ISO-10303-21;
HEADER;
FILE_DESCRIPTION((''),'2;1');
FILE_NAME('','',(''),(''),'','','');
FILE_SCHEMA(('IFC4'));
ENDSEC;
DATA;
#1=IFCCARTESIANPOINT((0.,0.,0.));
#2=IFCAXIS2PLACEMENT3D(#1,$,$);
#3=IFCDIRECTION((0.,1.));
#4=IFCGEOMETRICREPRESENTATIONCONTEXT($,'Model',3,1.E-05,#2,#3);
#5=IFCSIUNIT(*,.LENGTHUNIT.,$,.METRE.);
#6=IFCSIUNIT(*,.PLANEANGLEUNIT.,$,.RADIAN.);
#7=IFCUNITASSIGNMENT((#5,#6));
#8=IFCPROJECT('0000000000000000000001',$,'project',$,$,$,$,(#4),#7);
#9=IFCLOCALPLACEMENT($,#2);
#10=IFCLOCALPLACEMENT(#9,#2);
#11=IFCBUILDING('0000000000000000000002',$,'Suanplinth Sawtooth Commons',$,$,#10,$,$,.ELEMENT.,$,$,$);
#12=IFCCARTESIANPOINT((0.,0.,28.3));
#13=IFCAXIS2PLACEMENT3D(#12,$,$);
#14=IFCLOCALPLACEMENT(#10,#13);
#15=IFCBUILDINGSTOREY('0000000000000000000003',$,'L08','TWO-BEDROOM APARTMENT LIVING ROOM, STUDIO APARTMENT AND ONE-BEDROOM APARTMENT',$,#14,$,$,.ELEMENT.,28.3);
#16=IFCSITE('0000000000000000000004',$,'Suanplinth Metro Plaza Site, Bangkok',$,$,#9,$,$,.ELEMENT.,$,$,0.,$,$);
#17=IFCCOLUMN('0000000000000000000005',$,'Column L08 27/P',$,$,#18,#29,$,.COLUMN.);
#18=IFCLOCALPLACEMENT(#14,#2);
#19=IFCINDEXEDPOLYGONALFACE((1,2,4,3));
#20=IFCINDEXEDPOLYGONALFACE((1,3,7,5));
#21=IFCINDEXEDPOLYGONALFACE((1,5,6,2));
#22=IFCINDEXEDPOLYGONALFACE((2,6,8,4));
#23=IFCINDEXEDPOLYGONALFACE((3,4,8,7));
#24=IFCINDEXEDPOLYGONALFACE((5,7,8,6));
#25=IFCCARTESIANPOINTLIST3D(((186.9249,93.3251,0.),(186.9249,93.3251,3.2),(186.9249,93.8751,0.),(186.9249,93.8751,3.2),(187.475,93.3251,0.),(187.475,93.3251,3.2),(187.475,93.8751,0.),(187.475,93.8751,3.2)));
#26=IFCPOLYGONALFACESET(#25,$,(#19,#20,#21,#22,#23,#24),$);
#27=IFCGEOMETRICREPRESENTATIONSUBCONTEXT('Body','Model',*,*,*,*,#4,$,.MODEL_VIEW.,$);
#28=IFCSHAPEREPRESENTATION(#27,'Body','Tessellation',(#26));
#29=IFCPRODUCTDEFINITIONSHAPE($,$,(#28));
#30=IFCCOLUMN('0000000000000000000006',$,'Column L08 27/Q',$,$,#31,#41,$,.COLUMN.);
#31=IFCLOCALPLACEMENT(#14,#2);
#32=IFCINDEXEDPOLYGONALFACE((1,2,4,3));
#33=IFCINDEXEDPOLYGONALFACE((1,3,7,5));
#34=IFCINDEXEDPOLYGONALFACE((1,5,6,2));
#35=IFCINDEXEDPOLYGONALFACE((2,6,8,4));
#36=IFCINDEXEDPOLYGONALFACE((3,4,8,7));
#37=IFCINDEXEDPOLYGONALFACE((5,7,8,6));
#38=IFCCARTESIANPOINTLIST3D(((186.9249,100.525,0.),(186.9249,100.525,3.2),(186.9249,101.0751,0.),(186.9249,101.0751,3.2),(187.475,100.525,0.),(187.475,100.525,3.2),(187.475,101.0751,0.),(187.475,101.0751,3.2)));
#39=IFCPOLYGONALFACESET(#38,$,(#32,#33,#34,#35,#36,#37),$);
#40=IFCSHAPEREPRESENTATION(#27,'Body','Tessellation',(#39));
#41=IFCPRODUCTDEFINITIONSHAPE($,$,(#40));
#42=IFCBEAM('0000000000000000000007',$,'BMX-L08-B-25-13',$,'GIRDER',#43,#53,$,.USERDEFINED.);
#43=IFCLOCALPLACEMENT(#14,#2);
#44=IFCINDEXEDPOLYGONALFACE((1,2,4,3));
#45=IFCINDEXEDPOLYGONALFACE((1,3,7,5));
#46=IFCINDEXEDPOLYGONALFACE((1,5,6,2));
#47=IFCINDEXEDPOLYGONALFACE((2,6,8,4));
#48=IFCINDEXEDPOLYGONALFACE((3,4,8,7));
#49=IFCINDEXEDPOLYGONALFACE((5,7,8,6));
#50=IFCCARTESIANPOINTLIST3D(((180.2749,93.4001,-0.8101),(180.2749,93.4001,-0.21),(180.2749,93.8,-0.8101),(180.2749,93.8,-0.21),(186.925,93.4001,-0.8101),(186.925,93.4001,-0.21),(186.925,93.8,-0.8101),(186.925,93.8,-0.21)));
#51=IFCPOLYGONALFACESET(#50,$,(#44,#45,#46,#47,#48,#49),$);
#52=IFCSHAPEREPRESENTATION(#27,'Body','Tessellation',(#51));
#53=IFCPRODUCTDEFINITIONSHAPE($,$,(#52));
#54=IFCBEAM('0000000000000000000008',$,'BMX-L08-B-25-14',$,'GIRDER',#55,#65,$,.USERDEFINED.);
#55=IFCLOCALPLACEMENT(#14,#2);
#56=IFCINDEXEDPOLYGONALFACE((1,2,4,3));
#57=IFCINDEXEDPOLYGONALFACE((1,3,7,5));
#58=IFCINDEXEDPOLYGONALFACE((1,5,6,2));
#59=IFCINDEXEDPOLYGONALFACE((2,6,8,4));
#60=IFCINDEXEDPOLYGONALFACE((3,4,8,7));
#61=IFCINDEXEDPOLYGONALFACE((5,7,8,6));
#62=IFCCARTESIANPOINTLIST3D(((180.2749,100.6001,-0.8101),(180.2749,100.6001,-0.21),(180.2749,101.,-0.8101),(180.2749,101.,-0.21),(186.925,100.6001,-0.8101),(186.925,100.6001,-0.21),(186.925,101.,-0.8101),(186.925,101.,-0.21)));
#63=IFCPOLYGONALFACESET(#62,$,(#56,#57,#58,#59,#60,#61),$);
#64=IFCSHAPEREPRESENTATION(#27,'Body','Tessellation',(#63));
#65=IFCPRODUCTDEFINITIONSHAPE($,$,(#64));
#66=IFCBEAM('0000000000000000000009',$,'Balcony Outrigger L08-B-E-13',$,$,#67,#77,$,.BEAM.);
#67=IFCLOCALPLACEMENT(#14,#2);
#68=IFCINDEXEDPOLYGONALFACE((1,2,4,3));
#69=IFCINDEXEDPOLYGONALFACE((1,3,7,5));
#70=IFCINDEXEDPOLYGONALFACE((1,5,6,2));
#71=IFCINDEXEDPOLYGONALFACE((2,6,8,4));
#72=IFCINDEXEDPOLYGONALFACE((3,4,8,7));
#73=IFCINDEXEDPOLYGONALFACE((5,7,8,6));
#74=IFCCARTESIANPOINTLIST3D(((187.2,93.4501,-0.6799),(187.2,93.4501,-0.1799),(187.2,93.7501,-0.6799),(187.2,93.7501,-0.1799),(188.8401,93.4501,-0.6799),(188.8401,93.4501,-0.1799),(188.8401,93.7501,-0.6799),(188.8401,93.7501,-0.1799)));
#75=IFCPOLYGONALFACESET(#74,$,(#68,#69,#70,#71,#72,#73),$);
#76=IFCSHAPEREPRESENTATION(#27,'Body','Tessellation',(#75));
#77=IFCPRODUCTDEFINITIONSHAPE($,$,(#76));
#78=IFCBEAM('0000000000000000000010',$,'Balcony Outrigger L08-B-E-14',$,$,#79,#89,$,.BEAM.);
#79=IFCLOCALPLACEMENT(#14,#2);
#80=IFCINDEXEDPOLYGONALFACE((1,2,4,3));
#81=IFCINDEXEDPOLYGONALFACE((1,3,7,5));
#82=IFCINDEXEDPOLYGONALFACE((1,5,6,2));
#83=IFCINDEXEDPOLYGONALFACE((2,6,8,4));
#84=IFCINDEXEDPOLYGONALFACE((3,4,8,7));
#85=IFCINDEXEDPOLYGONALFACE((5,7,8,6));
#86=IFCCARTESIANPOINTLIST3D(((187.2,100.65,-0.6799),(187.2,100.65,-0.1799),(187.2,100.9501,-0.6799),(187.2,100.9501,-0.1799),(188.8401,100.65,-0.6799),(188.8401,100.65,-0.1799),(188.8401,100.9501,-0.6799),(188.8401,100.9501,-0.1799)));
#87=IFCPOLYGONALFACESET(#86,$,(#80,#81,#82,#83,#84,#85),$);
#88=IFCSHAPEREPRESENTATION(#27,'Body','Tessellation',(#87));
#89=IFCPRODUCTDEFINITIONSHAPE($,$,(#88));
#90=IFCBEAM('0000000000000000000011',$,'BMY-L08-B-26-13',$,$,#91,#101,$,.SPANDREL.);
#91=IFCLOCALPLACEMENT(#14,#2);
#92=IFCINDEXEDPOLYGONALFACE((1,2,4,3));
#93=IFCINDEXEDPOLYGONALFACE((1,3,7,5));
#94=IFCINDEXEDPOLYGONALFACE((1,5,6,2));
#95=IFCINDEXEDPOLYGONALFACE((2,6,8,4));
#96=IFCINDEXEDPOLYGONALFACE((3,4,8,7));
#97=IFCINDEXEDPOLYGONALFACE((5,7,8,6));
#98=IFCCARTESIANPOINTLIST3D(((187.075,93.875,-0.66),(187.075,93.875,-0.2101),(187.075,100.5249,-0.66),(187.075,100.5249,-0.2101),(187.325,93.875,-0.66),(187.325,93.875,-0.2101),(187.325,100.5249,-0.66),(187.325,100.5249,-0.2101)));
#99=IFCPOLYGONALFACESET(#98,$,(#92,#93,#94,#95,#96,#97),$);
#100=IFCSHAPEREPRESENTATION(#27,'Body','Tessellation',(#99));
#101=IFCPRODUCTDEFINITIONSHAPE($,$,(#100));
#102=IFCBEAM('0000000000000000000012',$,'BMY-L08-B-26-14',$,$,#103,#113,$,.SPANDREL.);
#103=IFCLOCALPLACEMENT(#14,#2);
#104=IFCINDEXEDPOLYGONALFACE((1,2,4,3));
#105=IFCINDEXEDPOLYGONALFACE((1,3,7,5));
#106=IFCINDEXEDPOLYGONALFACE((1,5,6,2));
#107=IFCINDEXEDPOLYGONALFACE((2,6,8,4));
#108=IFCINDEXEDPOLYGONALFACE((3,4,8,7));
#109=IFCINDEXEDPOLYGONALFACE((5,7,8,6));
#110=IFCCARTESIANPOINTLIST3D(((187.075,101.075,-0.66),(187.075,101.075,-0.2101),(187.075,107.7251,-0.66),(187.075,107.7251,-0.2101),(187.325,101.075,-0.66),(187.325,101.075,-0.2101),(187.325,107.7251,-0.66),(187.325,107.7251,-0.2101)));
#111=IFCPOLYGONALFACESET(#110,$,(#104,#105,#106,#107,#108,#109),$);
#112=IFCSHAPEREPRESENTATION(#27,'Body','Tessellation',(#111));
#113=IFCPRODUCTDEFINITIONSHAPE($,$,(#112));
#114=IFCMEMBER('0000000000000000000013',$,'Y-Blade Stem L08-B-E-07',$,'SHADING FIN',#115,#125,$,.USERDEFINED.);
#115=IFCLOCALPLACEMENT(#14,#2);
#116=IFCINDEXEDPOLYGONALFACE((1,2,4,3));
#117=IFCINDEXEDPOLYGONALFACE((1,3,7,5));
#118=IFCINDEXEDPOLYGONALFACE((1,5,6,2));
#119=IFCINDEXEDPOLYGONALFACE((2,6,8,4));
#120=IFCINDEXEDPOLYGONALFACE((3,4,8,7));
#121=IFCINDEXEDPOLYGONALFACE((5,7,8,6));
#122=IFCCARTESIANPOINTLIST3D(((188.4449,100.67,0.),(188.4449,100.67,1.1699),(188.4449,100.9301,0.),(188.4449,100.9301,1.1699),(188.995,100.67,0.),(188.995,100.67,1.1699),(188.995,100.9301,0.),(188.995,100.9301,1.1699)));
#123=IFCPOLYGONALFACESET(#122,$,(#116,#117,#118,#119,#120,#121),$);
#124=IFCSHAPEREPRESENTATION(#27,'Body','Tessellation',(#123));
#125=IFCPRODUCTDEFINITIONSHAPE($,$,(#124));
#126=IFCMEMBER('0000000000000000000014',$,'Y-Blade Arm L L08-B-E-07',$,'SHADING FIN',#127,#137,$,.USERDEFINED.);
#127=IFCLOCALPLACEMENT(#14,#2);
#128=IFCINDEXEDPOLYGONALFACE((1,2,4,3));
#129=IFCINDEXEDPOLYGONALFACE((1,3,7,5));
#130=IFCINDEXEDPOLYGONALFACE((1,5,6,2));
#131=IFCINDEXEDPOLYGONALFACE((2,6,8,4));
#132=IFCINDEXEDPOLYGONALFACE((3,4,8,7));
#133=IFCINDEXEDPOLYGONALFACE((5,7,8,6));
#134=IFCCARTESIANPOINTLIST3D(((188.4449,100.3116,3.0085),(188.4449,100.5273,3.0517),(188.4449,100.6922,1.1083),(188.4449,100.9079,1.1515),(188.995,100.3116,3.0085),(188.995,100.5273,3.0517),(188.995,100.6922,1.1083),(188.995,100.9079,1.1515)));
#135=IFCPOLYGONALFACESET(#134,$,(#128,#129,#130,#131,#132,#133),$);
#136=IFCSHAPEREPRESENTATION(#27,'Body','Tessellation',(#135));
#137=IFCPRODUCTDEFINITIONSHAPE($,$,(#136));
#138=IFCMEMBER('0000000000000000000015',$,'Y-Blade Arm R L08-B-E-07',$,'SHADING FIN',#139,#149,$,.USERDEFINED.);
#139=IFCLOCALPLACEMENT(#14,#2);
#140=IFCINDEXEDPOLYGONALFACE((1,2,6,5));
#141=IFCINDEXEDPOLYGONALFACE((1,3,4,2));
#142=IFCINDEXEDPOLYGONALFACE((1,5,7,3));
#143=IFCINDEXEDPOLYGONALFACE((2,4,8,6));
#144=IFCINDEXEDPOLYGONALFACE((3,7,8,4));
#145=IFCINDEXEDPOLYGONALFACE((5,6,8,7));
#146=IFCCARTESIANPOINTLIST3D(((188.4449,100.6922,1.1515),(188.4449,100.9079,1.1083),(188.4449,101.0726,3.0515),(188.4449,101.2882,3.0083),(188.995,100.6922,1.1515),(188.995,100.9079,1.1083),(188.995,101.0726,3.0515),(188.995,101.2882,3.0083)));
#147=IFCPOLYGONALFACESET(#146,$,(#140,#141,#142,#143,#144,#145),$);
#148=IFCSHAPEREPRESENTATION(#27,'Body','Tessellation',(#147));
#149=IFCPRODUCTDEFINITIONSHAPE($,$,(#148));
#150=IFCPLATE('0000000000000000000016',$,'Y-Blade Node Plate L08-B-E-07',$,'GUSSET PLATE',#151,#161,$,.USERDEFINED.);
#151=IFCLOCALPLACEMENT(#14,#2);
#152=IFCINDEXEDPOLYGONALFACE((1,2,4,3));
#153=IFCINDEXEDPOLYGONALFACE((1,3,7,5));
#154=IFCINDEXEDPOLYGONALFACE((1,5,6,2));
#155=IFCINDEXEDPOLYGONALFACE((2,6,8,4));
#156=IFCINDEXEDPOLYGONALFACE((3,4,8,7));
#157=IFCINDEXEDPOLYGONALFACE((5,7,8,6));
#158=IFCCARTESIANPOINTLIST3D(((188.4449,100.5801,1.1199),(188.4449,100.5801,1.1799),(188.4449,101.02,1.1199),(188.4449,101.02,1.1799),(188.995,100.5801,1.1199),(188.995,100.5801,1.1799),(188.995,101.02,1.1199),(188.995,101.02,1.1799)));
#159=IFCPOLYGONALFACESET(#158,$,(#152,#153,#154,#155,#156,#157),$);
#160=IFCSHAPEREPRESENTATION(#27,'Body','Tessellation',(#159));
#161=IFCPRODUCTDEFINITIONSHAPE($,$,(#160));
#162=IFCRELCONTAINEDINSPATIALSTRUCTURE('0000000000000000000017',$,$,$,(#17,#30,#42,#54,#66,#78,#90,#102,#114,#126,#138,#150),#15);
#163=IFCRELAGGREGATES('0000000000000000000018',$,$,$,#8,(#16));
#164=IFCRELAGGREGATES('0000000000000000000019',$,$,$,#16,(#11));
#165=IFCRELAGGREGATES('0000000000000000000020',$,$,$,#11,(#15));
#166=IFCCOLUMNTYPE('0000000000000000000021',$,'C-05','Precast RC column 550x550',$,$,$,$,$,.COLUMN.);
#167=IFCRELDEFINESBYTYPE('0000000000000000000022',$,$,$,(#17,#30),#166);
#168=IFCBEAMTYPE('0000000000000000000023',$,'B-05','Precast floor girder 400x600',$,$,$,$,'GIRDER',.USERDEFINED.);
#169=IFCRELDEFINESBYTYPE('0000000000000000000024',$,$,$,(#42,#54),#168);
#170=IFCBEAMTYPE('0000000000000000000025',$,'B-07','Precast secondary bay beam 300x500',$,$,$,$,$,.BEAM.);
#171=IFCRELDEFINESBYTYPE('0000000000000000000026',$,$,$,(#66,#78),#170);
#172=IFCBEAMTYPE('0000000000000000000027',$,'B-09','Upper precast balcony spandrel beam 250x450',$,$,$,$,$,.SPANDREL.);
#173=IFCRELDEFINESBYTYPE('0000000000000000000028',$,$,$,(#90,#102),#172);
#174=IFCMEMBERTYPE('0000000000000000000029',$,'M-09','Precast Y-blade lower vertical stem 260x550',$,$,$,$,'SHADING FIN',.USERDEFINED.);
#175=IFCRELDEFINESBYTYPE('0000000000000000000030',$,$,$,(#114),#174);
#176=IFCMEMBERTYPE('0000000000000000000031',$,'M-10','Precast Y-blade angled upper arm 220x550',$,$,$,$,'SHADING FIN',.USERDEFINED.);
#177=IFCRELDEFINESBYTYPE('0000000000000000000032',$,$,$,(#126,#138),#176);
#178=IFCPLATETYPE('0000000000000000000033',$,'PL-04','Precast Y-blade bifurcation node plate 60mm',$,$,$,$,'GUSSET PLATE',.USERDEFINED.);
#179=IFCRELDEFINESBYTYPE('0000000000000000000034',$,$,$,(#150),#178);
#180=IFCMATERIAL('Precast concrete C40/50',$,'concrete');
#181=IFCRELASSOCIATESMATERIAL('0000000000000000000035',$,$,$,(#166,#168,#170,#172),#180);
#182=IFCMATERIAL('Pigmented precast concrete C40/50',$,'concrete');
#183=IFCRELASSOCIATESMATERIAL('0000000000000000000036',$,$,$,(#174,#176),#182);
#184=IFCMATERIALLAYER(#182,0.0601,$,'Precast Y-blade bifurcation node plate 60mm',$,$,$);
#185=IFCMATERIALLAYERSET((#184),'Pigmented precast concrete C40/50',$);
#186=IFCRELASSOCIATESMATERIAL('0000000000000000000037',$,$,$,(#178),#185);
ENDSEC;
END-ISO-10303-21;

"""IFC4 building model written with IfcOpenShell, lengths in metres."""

from ifc_helpers import new_model, si_unit, direction, frame, origin, origin_2d, place, context, subcontext, project, spatial, rectangle, extrude, material, layer, layer_set, material_profile, profile_set, type_object, element, save


model = new_model("IFC4")

# Units and contexts
model_context = context("Model", 3, precision=1e-05, world=origin(), true_north=direction((0.0, 1.0)))
body_context = subcontext(model_context, "Body", "Model", "MODEL_VIEW")
ifc_project = project(units=[si_unit("LENGTHUNIT", "METRE"), si_unit("PLANEANGLEUNIT", "RADIAN")], contexts=[model_context])

# Site, building, storey
site_placement = place(None, origin())
site = spatial("IfcSite", under=ifc_project, at=site_placement, Name="Suanplinth Metro Plaza Site, Bangkok", CompositionType="ELEMENT", RefElevation=0.0)
building_placement = place(site_placement, origin())
building = spatial("IfcBuilding", under=site, at=building_placement, Name="Suanplinth Sawtooth Commons", CompositionType="ELEMENT")
storey_placement = place(building_placement, frame((0.0, 0.0, 28.3)))
storey = spatial("IfcBuildingStorey", under=building, at=storey_placement, Name="L08", Description="TWO-BEDROOM APARTMENT LIVING ROOM, STUDIO APARTMENT AND ONE-BEDROOM APARTMENT", CompositionType="ELEMENT", Elevation=28.3)

# Columns
ifc_material_1 = material(Name="Precast concrete C40/50", Category="concrete")
ifc_material_profile_1 = material_profile(ifc_material_1, rectangle(XDim=0.55, YDim=0.55, at=origin_2d()), Name="PC-COL 550x550")
ifc_profile_set_1 = profile_set([ifc_material_profile_1], Name="Precast concrete C40/50")
column_type = type_object("IfcColumnType", Name="C-05", Description="Precast RC column 550x550", PredefinedType="COLUMN", material=ifc_profile_set_1)
for number, where, z_axis, x_axis, name in (
    (1, (187.2, 93.6001, 0.0), (0.0, 0.0, 1.0), (1.0, 0.0, 0.0), "Column L08 27/P"),
    (2, (187.2, 100.8, 0.0), (0.0, 0.0, 1.0), (1.0, 0.0, 0.0), "Column L08 27/Q"),
):
    element("IfcColumn", number, at=place(storey_placement, frame(where, z_axis=z_axis, x_axis=x_axis)), inside=storey, type_object=column_type, Name=name, PredefinedType="COLUMN", context=body_context, shape_type="SweptSolid", body=[
        extrude(rectangle(XDim=0.55, YDim=0.55, at=origin_2d()), origin(), (0.0, 0.0, 1.0), 3.2),
    ])

# Beams
ifc_material_profile_2 = material_profile(ifc_material_1, rectangle(XDim=0.3999, YDim=0.6001, at=origin_2d()), Name="PC-GDR 400x600")
ifc_profile_set_2 = profile_set([ifc_material_profile_2], Name="Precast concrete C40/50")
beam_type_1 = type_object("IfcBeamType", Name="B-05", Description="Precast floor girder 400x600", ElementType="GIRDER", PredefinedType="USERDEFINED", material=ifc_profile_set_2)
for number, where, z_axis, x_axis, name in (
    (3, (180.2749, 93.6001, -0.51), (1.0, 0.0, 0.0), (0.0, 1.0, 0.0), "BMX-L08-B-25-13"),
    (4, (180.2749, 100.8, -0.51), (1.0, 0.0, 0.0), (0.0, 1.0, 0.0), "BMX-L08-B-25-14"),
):
    element("IfcBeam", number, at=place(storey_placement, frame(where, z_axis=z_axis, x_axis=x_axis)), inside=storey, type_object=beam_type_1, Name=name, ObjectType="GIRDER", PredefinedType="USERDEFINED", context=body_context, shape_type="SweptSolid", body=[
        extrude(rectangle(XDim=0.3999, YDim=0.6001, at=origin_2d()), origin(), (0.0, 0.0, 1.0), 6.6501),
    ])
ifc_material_profile_3 = material_profile(ifc_material_1, rectangle(XDim=0.3, YDim=0.5, at=origin_2d()), Name="PC-BM 300x500")
ifc_profile_set_3 = profile_set([ifc_material_profile_3], Name="Precast concrete C40/50")
beam_type_2 = type_object("IfcBeamType", Name="B-07", Description="Precast secondary bay beam 300x500", PredefinedType="BEAM", material=ifc_profile_set_3)
for number, where, z_axis, x_axis, name in (
    (5, (187.2, 93.6001, -0.4299), (1.0, 0.0, 0.0), (0.0, 1.0, 0.0), "Balcony Outrigger L08-B-E-13"),
    (6, (187.2, 100.8, -0.4299), (1.0, 0.0, 0.0), (0.0, 1.0, 0.0), "Balcony Outrigger L08-B-E-14"),
):
    element("IfcBeam", number, at=place(storey_placement, frame(where, z_axis=z_axis, x_axis=x_axis)), inside=storey, type_object=beam_type_2, Name=name, PredefinedType="BEAM", context=body_context, shape_type="SweptSolid", body=[
        extrude(rectangle(XDim=0.3, YDim=0.5, at=origin_2d()), origin(), (0.0, 0.0, 1.0), 1.6401),
    ])
ifc_material_profile_4 = material_profile(ifc_material_1, rectangle(XDim=0.25, YDim=0.45, at=origin_2d()), Name="PC-SP 250x450")
ifc_profile_set_4 = profile_set([ifc_material_profile_4], Name="Precast concrete C40/50")
beam_type_3 = type_object("IfcBeamType", Name="B-09", Description="Upper precast balcony spandrel beam 250x450", PredefinedType="SPANDREL", material=ifc_profile_set_4)
beam_1_placement = place(storey_placement, frame((187.2, 93.875, -0.4351), z_axis=(0.0, 1.0, 0.0), x_axis=(-1.0, 0.0, 0.0)))
element("IfcBeam", 7, at=beam_1_placement, inside=storey, type_object=beam_type_3, Name="BMY-L08-B-26-13", PredefinedType="SPANDREL", context=body_context, shape_type="SweptSolid", body=[
    extrude(rectangle(XDim=0.25, YDim=0.45, at=origin_2d()), origin(), (0.0, 0.0, 1.0), 6.6499),
])
beam_2_placement = place(storey_placement, frame((187.2, 101.075, -0.4351), z_axis=(0.0, 1.0, 0.0), x_axis=(-1.0, 0.0, 0.0)))
element("IfcBeam", 8, at=beam_2_placement, inside=storey, type_object=beam_type_3, Name="BMY-L08-B-26-14", PredefinedType="SPANDREL", context=body_context, shape_type="SweptSolid", body=[
    extrude(rectangle(XDim=0.25, YDim=0.45, at=origin_2d()), origin(), (0.0, 0.0, 1.0), 6.6501),
])

# Members
ifc_material_2 = material(Name="Pigmented precast concrete C40/50", Category="concrete")
ifc_material_profile_5 = material_profile(ifc_material_2, rectangle(XDim=0.26, YDim=0.55, at=origin_2d()), Name="PC-FIN 260x550")
ifc_profile_set_5 = profile_set([ifc_material_profile_5], Name="Pigmented precast concrete C40/50")
member_type_1 = type_object("IfcMemberType", Name="M-09", Description="Precast Y-blade lower vertical stem 260x550", ElementType="SHADING FIN", PredefinedType="USERDEFINED", material=ifc_profile_set_5)
member_1_placement = place(storey_placement, frame((188.72, 100.8, 0.0), z_axis=(0.0, 0.0, 1.0), x_axis=(0.0, 1.0, 0.0)))
element("IfcMember", 9, at=member_1_placement, inside=storey, type_object=member_type_1, Name="Y-Blade Stem L08-B-E-07", ObjectType="SHADING FIN", PredefinedType="USERDEFINED", context=body_context, shape_type="SweptSolid", body=[
    extrude(rectangle(XDim=0.26, YDim=0.55, at=origin_2d()), origin(), (0.0, 0.0, 1.0), 1.1699),
])
ifc_material_profile_6 = material_profile(ifc_material_2, rectangle(XDim=0.22, YDim=0.55, at=origin_2d()), Name="PC-FIN 220x550")
ifc_profile_set_6 = profile_set([ifc_material_profile_6], Name="Pigmented precast concrete C40/50")
member_type_2 = type_object("IfcMemberType", Name="M-10", Description="Precast Y-blade angled upper arm 220x550", ElementType="SHADING FIN", PredefinedType="USERDEFINED", material=ifc_profile_set_6)
member_2_placement = place(storey_placement, frame((188.72, 100.8, 1.1299), z_axis=(0.0, -0.196407, 0.980522), x_axis=(0.0, 0.980522, 0.196407)))
element("IfcMember", 10, at=member_2_placement, inside=storey, type_object=member_type_2, Name="Y-Blade Arm L L08-B-E-07", ObjectType="SHADING FIN", PredefinedType="USERDEFINED", context=body_context, shape_type="SweptSolid", body=[
    extrude(rectangle(XDim=0.22, YDim=0.55, at=origin_2d()), origin(), (0.0, 0.0, 1.0), 1.938),
])
member_3_placement = place(storey_placement, frame((188.72, 100.8, 1.1299), z_axis=(0.0, 0.196286, 0.980547), x_axis=(0.0, -0.980547, 0.196286)))
element("IfcMember", 11, at=member_3_placement, inside=storey, type_object=member_type_2, Name="Y-Blade Arm R L08-B-E-07", ObjectType="SHADING FIN", PredefinedType="USERDEFINED", context=body_context, shape_type="SweptSolid", body=[
    extrude(rectangle(XDim=0.22, YDim=0.55, at=origin_2d()), origin(), (0.0, 0.0, 1.0), 1.9377),
])

# Plate
ifc_layer_1 = layer(ifc_material_2, 0.0601, Name="Precast Y-blade bifurcation node plate 60mm")
ifc_layer_set_1 = layer_set([ifc_layer_1], Name="Pigmented precast concrete C40/50")
plate_type = type_object("IfcPlateType", Name="PL-04", Description="Precast Y-blade bifurcation node plate 60mm", ElementType="GUSSET PLATE", PredefinedType="USERDEFINED", material=ifc_layer_set_1)
plate_placement = place(storey_placement, frame((188.72, 100.8, 1.1199), z_axis=(0.0, 0.0, 1.0), x_axis=(0.0, 1.0, 0.0)))
element("IfcPlate", 12, at=plate_placement, inside=storey, type_object=plate_type, Name="Y-Blade Node Plate L08-B-E-07", ObjectType="GUSSET PLATE", PredefinedType="USERDEFINED", context=body_context, shape_type="SweptSolid", body=[
    extrude(rectangle(XDim=0.4399, YDim=0.55, at=origin_2d()), origin(), (0.0, 0.0, 1.0), 0.0601),
])

save(model, "model.ifc")
